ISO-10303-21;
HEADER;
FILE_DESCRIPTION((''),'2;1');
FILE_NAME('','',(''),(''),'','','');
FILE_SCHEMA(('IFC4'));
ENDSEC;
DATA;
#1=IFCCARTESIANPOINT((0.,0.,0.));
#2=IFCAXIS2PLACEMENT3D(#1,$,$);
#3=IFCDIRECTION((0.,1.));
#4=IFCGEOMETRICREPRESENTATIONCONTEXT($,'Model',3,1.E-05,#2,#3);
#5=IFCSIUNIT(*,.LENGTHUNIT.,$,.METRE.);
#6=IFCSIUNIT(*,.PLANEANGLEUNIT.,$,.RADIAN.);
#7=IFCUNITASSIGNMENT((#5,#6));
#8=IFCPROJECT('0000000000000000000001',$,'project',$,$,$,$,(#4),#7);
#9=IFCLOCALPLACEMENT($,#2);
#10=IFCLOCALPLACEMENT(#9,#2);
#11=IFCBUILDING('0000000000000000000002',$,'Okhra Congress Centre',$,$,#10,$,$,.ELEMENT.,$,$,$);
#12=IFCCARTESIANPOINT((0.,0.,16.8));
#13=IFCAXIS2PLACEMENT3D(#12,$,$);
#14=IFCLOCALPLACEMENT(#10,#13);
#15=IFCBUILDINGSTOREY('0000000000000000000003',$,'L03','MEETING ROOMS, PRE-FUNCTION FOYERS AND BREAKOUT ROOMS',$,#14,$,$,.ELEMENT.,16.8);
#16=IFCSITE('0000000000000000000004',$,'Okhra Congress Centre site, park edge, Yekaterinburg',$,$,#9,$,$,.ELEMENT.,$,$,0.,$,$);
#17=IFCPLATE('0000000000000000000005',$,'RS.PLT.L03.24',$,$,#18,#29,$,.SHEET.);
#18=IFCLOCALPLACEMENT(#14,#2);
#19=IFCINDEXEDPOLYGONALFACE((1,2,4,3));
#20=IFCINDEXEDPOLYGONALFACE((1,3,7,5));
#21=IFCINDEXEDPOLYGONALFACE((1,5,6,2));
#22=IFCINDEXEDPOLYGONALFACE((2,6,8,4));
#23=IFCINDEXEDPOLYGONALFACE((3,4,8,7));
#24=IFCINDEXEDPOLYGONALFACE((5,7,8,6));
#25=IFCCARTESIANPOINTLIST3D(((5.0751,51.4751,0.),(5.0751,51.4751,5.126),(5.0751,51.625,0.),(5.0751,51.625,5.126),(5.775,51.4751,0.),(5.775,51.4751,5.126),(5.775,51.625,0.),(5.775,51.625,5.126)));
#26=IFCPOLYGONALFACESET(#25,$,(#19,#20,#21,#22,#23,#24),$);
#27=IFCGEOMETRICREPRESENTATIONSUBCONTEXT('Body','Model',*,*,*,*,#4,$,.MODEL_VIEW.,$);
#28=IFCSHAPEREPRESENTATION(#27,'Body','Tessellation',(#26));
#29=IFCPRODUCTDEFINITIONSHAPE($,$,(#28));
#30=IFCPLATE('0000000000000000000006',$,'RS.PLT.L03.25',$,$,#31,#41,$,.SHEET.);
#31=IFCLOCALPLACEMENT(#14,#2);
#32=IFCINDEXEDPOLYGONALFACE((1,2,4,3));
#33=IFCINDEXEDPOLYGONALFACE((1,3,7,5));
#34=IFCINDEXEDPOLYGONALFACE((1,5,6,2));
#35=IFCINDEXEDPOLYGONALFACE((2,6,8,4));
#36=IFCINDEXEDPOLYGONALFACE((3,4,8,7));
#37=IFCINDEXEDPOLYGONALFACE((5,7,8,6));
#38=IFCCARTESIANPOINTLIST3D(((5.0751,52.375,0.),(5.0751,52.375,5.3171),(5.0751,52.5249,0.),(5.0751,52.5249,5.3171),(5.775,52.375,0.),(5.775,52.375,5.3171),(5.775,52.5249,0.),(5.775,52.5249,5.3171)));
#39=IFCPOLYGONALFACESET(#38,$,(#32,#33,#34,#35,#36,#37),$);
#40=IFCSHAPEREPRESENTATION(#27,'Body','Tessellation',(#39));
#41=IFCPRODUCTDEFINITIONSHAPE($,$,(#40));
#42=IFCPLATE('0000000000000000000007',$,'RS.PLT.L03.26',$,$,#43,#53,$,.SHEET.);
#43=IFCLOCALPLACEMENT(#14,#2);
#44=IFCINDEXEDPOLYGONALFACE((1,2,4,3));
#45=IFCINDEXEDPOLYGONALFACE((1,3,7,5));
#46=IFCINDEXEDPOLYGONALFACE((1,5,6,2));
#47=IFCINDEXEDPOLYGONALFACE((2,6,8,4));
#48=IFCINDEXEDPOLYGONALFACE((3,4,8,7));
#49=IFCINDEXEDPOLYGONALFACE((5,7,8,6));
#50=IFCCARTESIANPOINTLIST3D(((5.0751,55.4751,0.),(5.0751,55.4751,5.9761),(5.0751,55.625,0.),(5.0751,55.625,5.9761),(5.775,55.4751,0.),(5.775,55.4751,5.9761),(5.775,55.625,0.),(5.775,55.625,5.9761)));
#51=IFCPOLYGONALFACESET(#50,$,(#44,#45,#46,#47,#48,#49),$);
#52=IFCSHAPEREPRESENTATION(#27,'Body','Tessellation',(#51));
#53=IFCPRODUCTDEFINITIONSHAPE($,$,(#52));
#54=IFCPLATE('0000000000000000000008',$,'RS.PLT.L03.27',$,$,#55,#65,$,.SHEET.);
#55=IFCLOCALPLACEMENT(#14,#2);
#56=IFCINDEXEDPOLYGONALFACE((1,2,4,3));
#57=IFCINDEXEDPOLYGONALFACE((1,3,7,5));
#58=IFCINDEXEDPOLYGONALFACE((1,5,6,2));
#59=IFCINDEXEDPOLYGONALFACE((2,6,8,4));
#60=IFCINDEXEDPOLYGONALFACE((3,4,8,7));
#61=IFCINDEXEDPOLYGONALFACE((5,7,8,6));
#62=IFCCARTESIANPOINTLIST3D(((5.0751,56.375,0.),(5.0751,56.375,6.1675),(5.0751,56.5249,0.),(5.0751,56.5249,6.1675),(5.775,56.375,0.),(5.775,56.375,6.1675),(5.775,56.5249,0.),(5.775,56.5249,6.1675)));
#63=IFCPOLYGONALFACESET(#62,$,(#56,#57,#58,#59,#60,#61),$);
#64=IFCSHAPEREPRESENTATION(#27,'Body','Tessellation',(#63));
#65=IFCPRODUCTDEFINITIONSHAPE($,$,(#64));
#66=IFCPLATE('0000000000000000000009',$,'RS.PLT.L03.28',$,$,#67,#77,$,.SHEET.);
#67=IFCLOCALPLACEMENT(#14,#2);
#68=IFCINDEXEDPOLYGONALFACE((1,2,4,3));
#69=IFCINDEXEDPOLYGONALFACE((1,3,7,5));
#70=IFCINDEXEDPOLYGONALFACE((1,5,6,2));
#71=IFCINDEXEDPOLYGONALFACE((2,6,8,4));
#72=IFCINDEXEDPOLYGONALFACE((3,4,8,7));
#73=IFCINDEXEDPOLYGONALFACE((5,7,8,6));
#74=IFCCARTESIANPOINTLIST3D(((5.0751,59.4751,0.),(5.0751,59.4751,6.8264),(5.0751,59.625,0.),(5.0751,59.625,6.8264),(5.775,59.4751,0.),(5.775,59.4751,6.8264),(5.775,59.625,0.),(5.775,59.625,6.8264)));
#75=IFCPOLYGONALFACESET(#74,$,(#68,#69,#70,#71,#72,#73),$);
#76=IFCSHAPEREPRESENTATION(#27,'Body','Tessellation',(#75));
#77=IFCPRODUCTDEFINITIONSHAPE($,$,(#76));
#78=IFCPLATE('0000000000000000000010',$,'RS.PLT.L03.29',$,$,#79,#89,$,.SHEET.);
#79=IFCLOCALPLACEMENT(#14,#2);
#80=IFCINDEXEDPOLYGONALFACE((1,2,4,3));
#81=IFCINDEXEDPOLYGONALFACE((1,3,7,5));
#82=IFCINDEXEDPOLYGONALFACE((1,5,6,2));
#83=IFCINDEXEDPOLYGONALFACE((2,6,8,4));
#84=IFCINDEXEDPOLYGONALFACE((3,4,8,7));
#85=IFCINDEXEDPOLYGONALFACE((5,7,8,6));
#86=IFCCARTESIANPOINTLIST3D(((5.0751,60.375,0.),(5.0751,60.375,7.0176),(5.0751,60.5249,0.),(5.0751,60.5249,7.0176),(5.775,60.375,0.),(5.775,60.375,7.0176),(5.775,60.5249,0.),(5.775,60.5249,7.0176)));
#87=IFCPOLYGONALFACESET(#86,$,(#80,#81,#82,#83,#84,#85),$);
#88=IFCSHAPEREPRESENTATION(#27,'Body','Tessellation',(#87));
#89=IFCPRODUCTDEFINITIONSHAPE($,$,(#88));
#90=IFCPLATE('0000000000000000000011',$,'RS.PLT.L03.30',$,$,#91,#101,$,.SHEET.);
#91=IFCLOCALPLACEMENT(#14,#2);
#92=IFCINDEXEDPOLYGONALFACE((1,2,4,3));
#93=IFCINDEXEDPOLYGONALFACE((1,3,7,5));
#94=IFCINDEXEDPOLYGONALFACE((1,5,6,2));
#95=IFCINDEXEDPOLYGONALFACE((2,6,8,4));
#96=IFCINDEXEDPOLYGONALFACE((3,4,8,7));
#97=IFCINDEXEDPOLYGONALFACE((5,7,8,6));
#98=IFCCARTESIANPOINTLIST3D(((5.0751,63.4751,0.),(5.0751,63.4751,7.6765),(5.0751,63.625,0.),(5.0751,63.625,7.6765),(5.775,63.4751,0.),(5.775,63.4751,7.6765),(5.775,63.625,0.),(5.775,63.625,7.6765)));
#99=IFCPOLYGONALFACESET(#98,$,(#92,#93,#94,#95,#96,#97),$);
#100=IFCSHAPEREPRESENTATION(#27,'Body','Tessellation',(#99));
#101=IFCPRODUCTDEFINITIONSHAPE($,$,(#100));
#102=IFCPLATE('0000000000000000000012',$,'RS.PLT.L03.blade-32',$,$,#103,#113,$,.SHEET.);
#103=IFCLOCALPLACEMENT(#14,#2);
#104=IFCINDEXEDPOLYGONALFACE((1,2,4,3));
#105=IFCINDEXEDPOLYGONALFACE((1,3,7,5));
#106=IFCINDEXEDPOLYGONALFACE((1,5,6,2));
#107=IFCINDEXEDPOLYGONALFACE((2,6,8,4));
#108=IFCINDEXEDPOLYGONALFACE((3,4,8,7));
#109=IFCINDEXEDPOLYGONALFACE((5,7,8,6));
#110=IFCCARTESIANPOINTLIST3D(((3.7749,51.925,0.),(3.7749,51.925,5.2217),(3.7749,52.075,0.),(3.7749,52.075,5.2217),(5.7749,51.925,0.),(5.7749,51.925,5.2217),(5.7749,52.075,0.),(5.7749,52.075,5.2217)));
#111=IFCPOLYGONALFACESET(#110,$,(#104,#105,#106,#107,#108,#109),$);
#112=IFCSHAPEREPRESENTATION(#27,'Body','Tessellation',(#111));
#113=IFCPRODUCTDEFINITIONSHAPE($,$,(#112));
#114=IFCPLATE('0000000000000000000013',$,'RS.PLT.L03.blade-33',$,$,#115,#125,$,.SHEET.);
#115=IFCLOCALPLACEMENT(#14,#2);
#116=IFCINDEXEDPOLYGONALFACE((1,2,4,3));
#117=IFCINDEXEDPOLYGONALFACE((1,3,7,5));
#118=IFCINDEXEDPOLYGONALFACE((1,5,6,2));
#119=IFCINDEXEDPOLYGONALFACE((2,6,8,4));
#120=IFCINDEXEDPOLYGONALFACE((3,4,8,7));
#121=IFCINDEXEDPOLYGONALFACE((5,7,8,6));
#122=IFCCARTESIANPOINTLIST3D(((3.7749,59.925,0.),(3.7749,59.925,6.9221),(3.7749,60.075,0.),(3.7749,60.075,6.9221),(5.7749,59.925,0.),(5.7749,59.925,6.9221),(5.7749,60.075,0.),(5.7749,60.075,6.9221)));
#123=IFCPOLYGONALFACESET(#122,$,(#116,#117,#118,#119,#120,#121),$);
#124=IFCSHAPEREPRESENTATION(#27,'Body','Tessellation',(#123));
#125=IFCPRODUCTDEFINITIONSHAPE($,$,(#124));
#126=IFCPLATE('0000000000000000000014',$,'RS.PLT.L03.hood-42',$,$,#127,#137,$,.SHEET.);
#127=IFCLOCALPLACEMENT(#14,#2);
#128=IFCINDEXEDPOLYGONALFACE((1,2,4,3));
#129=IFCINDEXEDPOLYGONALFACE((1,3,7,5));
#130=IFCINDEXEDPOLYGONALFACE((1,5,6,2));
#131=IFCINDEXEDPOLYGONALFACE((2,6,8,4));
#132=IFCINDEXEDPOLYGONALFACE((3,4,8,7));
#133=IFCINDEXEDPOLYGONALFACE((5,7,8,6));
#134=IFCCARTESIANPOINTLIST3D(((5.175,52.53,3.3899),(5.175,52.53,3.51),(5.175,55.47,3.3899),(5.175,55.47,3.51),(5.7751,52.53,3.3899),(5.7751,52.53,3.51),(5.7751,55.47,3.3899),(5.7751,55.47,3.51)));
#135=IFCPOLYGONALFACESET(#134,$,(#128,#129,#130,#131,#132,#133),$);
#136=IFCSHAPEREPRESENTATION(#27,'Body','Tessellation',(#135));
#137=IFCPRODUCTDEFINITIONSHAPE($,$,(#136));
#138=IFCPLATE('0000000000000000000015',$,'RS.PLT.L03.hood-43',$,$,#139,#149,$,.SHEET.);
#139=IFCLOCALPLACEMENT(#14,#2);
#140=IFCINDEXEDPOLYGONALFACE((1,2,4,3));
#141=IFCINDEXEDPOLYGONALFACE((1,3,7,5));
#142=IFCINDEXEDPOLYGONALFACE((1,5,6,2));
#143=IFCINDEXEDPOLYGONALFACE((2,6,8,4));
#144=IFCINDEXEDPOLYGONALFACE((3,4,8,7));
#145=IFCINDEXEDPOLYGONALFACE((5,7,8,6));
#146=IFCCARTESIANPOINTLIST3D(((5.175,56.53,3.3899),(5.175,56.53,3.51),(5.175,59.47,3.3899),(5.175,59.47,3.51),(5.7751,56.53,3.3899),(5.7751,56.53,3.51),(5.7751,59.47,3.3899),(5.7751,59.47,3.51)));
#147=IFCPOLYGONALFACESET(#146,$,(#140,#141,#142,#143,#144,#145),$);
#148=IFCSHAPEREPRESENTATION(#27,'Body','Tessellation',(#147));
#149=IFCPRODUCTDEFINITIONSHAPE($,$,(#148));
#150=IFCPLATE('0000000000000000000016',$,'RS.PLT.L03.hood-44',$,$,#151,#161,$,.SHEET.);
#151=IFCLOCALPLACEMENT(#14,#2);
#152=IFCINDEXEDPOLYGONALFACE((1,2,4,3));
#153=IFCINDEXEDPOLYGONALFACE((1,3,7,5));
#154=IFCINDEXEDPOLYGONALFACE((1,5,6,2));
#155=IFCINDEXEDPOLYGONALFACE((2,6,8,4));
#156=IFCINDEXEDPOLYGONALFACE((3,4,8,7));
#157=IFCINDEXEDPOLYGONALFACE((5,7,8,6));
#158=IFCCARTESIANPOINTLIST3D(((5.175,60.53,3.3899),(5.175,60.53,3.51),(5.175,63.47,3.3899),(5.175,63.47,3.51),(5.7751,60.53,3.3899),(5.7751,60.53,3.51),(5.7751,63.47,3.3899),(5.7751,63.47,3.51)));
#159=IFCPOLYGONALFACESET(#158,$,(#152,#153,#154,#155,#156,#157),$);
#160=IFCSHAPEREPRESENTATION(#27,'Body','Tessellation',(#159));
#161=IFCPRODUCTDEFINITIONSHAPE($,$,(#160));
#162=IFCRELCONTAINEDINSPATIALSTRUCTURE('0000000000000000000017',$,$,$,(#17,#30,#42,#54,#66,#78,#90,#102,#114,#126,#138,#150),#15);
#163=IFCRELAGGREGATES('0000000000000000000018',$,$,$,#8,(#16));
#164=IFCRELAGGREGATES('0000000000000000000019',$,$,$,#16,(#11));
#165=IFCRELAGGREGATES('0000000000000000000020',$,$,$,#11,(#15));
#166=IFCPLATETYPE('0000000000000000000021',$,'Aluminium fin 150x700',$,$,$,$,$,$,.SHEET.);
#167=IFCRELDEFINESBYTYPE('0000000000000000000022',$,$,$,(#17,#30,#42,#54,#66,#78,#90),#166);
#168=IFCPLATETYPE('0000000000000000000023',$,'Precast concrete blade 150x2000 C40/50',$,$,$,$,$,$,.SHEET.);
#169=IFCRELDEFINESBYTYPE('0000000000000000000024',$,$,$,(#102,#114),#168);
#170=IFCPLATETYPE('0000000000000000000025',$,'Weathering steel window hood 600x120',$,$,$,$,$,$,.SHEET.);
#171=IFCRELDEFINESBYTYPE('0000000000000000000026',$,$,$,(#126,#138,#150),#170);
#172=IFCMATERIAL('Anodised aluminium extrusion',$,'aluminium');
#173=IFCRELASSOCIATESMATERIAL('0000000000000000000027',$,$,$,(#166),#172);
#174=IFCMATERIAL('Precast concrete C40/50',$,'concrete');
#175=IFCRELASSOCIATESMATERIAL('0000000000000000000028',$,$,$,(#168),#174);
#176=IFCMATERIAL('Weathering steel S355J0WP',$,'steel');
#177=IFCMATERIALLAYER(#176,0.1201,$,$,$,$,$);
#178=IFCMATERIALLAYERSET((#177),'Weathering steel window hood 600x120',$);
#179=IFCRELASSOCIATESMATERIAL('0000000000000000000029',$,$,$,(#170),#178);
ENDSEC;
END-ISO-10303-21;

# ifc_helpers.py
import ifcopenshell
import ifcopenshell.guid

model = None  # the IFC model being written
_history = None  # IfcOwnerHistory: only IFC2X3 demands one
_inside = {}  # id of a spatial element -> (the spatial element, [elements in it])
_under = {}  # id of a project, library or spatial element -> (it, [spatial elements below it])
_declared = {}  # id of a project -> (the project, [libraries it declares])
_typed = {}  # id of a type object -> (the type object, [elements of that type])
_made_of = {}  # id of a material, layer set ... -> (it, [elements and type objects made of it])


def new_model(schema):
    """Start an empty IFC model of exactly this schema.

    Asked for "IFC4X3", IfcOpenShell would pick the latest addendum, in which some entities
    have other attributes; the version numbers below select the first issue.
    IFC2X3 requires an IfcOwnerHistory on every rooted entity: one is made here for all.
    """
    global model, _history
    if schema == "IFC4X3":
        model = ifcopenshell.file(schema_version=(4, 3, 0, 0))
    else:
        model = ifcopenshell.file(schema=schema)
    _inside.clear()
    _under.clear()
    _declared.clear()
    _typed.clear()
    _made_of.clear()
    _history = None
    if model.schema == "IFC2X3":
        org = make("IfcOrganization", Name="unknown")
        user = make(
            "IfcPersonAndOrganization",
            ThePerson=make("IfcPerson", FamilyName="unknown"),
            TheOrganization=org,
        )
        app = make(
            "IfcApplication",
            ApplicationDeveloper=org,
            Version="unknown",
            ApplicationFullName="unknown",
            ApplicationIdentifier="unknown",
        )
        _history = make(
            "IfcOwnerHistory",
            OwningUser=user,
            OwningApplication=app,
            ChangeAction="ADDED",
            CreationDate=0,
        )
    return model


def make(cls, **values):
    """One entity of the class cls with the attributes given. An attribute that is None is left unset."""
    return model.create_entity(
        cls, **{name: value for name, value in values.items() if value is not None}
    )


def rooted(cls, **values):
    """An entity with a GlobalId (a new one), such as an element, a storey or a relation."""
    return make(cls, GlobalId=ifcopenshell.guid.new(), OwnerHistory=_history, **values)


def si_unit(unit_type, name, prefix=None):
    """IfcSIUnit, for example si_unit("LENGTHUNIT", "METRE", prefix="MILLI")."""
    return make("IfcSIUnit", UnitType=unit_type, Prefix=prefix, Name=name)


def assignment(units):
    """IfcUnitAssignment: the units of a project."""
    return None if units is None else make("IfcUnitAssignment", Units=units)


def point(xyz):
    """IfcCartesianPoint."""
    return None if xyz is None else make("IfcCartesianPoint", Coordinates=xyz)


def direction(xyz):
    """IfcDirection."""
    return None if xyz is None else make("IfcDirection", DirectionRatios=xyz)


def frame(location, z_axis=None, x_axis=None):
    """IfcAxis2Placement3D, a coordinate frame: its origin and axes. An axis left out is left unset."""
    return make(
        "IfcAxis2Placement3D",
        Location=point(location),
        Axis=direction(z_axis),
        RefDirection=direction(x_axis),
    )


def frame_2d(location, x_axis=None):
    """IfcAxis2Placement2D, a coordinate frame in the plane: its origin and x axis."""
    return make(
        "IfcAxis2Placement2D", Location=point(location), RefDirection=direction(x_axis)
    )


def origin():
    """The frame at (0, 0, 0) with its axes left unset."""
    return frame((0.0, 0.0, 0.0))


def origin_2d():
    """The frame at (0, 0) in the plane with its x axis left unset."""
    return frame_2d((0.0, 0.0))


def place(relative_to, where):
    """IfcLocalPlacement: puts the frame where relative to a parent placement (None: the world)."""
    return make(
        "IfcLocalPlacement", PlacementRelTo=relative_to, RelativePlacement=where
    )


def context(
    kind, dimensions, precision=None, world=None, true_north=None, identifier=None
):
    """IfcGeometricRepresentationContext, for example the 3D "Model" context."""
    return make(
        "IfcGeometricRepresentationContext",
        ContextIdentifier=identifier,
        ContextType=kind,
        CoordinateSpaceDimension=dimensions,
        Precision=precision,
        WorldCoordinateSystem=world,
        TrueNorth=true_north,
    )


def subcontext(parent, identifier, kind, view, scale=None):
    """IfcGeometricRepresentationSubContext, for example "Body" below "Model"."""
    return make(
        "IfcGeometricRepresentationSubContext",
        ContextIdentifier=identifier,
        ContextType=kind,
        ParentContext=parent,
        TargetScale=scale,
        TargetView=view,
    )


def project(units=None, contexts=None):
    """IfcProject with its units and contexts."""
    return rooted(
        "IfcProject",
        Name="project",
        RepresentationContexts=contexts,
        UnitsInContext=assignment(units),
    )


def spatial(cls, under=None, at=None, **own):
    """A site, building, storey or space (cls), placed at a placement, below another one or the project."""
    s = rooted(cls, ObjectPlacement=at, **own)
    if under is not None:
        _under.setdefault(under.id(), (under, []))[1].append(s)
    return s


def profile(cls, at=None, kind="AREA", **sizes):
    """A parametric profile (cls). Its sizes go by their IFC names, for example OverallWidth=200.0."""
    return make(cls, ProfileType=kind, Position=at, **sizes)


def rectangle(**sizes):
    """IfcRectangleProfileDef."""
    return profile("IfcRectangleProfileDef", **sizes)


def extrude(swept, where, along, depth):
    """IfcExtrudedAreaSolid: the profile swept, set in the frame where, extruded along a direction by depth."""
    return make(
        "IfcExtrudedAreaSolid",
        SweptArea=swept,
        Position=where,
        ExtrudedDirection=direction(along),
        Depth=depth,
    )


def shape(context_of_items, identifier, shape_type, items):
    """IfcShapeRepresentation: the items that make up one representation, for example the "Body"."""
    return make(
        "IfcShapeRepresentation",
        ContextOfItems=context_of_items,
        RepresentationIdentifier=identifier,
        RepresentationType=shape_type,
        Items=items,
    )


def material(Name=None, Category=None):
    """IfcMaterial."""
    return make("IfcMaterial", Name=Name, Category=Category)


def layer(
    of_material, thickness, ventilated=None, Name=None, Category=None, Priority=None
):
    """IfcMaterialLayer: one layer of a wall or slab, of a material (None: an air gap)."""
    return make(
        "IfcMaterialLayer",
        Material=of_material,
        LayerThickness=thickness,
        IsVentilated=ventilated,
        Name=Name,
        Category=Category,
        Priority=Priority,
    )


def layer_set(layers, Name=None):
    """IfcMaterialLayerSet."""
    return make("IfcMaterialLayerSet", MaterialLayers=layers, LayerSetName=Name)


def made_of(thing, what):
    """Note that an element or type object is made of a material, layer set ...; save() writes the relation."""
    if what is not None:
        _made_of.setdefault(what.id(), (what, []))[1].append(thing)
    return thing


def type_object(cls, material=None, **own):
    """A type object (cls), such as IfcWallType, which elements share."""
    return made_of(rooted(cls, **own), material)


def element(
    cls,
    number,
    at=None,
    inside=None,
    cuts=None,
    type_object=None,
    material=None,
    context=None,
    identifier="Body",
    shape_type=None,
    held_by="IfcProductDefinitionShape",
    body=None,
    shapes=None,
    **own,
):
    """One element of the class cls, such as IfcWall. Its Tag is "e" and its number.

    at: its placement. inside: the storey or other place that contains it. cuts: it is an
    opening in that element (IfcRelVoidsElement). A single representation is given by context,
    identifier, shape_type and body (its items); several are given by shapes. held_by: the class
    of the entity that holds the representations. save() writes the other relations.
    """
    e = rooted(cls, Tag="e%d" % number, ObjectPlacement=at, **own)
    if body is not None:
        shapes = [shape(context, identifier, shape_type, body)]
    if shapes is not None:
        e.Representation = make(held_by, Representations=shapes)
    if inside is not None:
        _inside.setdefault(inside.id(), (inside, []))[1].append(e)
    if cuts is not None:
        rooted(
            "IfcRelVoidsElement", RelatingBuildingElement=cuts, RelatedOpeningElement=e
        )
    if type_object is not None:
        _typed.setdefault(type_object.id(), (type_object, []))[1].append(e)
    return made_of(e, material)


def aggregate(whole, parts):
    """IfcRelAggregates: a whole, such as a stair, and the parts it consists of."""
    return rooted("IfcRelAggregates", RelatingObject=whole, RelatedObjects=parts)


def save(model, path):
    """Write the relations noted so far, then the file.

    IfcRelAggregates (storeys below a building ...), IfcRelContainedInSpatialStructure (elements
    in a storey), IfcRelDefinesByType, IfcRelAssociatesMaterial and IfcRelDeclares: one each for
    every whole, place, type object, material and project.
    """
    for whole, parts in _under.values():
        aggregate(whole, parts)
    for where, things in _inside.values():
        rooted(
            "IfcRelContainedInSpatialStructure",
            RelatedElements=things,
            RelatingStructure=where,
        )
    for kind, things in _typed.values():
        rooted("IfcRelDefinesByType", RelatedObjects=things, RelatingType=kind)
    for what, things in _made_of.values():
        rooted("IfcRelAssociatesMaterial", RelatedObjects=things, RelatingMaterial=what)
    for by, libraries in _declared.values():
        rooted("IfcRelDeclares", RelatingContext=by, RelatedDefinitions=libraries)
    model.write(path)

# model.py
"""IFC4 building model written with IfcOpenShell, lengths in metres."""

from ifc_helpers import new_model, si_unit, direction, frame, origin, origin_2d, place, context, subcontext, project, spatial, rectangle, extrude, material, layer, layer_set, type_object, element, save


model = new_model("IFC4")

# Units and contexts
model_context = context("Model", 3, precision=1e-05, world=origin(), true_north=direction((0.0, 1.0)))
body_context = subcontext(model_context, "Body", "Model", "MODEL_VIEW")
ifc_project = project(units=[si_unit("LENGTHUNIT", "METRE"), si_unit("PLANEANGLEUNIT", "RADIAN")], contexts=[model_context])

# Site, building, storey
site_placement = place(None, origin())
site = spatial("IfcSite", under=ifc_project, at=site_placement, Name="Okhra Congress Centre site, park edge, Yekaterinburg", CompositionType="ELEMENT", RefElevation=0.0)
building_placement = place(site_placement, origin())
building = spatial("IfcBuilding", under=site, at=building_placement, Name="Okhra Congress Centre", CompositionType="ELEMENT")
storey_placement = place(building_placement, frame((0.0, 0.0, 16.8)))
storey = spatial("IfcBuildingStorey", under=building, at=storey_placement, Name="L03", Description="MEETING ROOMS, PRE-FUNCTION FOYERS AND BREAKOUT ROOMS", CompositionType="ELEMENT", Elevation=16.8)

# Plates
ifc_material_1 = material(Name="Anodised aluminium extrusion", Category="aluminium")
plate_type_1 = type_object("IfcPlateType", Name="Aluminium fin 150x700", PredefinedType="SHEET", material=ifc_material_1)
plate_1_placement = place(storey_placement, frame((5.425, 51.55, 0.0), z_axis=(0.0, 0.0, 1.0), x_axis=(0.0, -1.0, 0.0)))
element("IfcPlate", 1, at=plate_1_placement, inside=storey, type_object=plate_type_1, Name="RS.PLT.L03.24", PredefinedType="SHEET", context=body_context, shape_type="SweptSolid", body=[
    extrude(rectangle(XDim=0.1499, YDim=0.7, at=origin_2d()), origin(), (0.0, 0.0, 1.0), 5.126),
])
plate_2_placement = place(storey_placement, frame((5.425, 52.45, 0.0), z_axis=(0.0, 0.0, 1.0), x_axis=(0.0, -1.0, 0.0)))
element("IfcPlate", 2, at=plate_2_placement, inside=storey, type_object=plate_type_1, Name="RS.PLT.L03.25", PredefinedType="SHEET", context=body_context, shape_type="SweptSolid", body=[
    extrude(rectangle(XDim=0.1499, YDim=0.7, at=origin_2d()), origin(), (0.0, 0.0, 1.0), 5.3171),
])
plate_3_placement = place(storey_placement, frame((5.425, 55.55, 0.0), z_axis=(0.0, 0.0, 1.0), x_axis=(0.0, -1.0, 0.0)))
element("IfcPlate", 3, at=plate_3_placement, inside=storey, type_object=plate_type_1, Name="RS.PLT.L03.26", PredefinedType="SHEET", context=body_context, shape_type="SweptSolid", body=[
    extrude(rectangle(XDim=0.1499, YDim=0.7, at=origin_2d()), origin(), (0.0, 0.0, 1.0), 5.9761),
])
plate_4_placement = place(storey_placement, frame((5.425, 56.45, 0.0), z_axis=(0.0, 0.0, 1.0), x_axis=(0.0, -1.0, 0.0)))
element("IfcPlate", 4, at=plate_4_placement, inside=storey, type_object=plate_type_1, Name="RS.PLT.L03.27", PredefinedType="SHEET", context=body_context, shape_type="SweptSolid", body=[
    extrude(rectangle(XDim=0.1499, YDim=0.7, at=origin_2d()), origin(), (0.0, 0.0, 1.0), 6.1675),
])
plate_5_placement = place(storey_placement, frame((5.425, 59.55, 0.0), z_axis=(0.0, 0.0, 1.0), x_axis=(0.0, -1.0, 0.0)))
element("IfcPlate", 5, at=plate_5_placement, inside=storey, type_object=plate_type_1, Name="RS.PLT.L03.28", PredefinedType="SHEET", context=body_context, shape_type="SweptSolid", body=[
    extrude(rectangle(XDim=0.1499, YDim=0.7, at=origin_2d()), origin(), (0.0, 0.0, 1.0), 6.8264),
])
plate_6_placement = place(storey_placement, frame((5.425, 60.45, 0.0), z_axis=(0.0, 0.0, 1.0), x_axis=(0.0, -1.0, 0.0)))
element("IfcPlate", 6, at=plate_6_placement, inside=storey, type_object=plate_type_1, Name="RS.PLT.L03.29", PredefinedType="SHEET", context=body_context, shape_type="SweptSolid", body=[
    extrude(rectangle(XDim=0.1499, YDim=0.7, at=origin_2d()), origin(), (0.0, 0.0, 1.0), 7.0176),
])
plate_7_placement = place(storey_placement, frame((5.425, 63.55, 0.0), z_axis=(0.0, 0.0, 1.0), x_axis=(0.0, -1.0, 0.0)))
element("IfcPlate", 7, at=plate_7_placement, inside=storey, type_object=plate_type_1, Name="RS.PLT.L03.30", PredefinedType="SHEET", context=body_context, shape_type="SweptSolid", body=[
    extrude(rectangle(XDim=0.1499, YDim=0.7, at=origin_2d()), origin(), (0.0, 0.0, 1.0), 7.6765),
])
ifc_material_2 = material(Name="Precast concrete C40/50", Category="concrete")
plate_type_2 = type_object("IfcPlateType", Name="Precast concrete blade 150x2000 C40/50", PredefinedType="SHEET", material=ifc_material_2)
plate_8_placement = place(storey_placement, frame((4.7749, 52.0, 0.0), z_axis=(0.0, 0.0, 1.0), x_axis=(0.0, -1.0, 0.0)))
element("IfcPlate", 8, at=plate_8_placement, inside=storey, type_object=plate_type_2, Name="RS.PLT.L03.blade-32", PredefinedType="SHEET", context=body_context, shape_type="SweptSolid", body=[
    extrude(rectangle(XDim=0.1499, YDim=2.0, at=origin_2d()), origin(), (0.0, 0.0, 1.0), 5.2217),
])
plate_9_placement = place(storey_placement, frame((4.7749, 60.0, 0.0), z_axis=(0.0, 0.0, 1.0), x_axis=(0.0, -1.0, 0.0)))
element("IfcPlate", 9, at=plate_9_placement, inside=storey, type_object=plate_type_2, Name="RS.PLT.L03.blade-33", PredefinedType="SHEET", context=body_context, shape_type="SweptSolid", body=[
    extrude(rectangle(XDim=0.1499, YDim=2.0, at=origin_2d()), origin(), (0.0, 0.0, 1.0), 6.9221),
])
ifc_material_3 = material(Name="Weathering steel S355J0WP", Category="steel")
ifc_layer_1 = layer(ifc_material_3, 0.1201)
ifc_layer_set_1 = layer_set([ifc_layer_1], Name="Weathering steel window hood 600x120")
plate_type_3 = type_object("IfcPlateType", Name="Weathering steel window hood 600x120", PredefinedType="SHEET", material=ifc_layer_set_1)
for number, where, z_axis, x_axis, name in (
    (10, (5.4751, 54.0, 3.3899), (0.0, 0.0, 1.0), (0.0, -1.0, 0.0), "RS.PLT.L03.hood-42"),
    (11, (5.4751, 58.0, 3.3899), (0.0, 0.0, 1.0), (0.0, -1.0, 0.0), "RS.PLT.L03.hood-43"),
    (12, (5.4751, 62.0, 3.3899), (0.0, 0.0, 1.0), (0.0, -1.0, 0.0), "RS.PLT.L03.hood-44"),
):
    element("IfcPlate", number, at=place(storey_placement, frame(where, z_axis=z_axis, x_axis=x_axis)), inside=storey, type_object=plate_type_3, Name=name, PredefinedType="SHEET", context=body_context, shape_type="SweptSolid", body=[
        extrude(rectangle(XDim=2.9399, YDim=0.6001, at=origin_2d()), origin(), (0.0, 0.0, 1.0), 0.1201),
    ])

save(model, "model.ifc")
